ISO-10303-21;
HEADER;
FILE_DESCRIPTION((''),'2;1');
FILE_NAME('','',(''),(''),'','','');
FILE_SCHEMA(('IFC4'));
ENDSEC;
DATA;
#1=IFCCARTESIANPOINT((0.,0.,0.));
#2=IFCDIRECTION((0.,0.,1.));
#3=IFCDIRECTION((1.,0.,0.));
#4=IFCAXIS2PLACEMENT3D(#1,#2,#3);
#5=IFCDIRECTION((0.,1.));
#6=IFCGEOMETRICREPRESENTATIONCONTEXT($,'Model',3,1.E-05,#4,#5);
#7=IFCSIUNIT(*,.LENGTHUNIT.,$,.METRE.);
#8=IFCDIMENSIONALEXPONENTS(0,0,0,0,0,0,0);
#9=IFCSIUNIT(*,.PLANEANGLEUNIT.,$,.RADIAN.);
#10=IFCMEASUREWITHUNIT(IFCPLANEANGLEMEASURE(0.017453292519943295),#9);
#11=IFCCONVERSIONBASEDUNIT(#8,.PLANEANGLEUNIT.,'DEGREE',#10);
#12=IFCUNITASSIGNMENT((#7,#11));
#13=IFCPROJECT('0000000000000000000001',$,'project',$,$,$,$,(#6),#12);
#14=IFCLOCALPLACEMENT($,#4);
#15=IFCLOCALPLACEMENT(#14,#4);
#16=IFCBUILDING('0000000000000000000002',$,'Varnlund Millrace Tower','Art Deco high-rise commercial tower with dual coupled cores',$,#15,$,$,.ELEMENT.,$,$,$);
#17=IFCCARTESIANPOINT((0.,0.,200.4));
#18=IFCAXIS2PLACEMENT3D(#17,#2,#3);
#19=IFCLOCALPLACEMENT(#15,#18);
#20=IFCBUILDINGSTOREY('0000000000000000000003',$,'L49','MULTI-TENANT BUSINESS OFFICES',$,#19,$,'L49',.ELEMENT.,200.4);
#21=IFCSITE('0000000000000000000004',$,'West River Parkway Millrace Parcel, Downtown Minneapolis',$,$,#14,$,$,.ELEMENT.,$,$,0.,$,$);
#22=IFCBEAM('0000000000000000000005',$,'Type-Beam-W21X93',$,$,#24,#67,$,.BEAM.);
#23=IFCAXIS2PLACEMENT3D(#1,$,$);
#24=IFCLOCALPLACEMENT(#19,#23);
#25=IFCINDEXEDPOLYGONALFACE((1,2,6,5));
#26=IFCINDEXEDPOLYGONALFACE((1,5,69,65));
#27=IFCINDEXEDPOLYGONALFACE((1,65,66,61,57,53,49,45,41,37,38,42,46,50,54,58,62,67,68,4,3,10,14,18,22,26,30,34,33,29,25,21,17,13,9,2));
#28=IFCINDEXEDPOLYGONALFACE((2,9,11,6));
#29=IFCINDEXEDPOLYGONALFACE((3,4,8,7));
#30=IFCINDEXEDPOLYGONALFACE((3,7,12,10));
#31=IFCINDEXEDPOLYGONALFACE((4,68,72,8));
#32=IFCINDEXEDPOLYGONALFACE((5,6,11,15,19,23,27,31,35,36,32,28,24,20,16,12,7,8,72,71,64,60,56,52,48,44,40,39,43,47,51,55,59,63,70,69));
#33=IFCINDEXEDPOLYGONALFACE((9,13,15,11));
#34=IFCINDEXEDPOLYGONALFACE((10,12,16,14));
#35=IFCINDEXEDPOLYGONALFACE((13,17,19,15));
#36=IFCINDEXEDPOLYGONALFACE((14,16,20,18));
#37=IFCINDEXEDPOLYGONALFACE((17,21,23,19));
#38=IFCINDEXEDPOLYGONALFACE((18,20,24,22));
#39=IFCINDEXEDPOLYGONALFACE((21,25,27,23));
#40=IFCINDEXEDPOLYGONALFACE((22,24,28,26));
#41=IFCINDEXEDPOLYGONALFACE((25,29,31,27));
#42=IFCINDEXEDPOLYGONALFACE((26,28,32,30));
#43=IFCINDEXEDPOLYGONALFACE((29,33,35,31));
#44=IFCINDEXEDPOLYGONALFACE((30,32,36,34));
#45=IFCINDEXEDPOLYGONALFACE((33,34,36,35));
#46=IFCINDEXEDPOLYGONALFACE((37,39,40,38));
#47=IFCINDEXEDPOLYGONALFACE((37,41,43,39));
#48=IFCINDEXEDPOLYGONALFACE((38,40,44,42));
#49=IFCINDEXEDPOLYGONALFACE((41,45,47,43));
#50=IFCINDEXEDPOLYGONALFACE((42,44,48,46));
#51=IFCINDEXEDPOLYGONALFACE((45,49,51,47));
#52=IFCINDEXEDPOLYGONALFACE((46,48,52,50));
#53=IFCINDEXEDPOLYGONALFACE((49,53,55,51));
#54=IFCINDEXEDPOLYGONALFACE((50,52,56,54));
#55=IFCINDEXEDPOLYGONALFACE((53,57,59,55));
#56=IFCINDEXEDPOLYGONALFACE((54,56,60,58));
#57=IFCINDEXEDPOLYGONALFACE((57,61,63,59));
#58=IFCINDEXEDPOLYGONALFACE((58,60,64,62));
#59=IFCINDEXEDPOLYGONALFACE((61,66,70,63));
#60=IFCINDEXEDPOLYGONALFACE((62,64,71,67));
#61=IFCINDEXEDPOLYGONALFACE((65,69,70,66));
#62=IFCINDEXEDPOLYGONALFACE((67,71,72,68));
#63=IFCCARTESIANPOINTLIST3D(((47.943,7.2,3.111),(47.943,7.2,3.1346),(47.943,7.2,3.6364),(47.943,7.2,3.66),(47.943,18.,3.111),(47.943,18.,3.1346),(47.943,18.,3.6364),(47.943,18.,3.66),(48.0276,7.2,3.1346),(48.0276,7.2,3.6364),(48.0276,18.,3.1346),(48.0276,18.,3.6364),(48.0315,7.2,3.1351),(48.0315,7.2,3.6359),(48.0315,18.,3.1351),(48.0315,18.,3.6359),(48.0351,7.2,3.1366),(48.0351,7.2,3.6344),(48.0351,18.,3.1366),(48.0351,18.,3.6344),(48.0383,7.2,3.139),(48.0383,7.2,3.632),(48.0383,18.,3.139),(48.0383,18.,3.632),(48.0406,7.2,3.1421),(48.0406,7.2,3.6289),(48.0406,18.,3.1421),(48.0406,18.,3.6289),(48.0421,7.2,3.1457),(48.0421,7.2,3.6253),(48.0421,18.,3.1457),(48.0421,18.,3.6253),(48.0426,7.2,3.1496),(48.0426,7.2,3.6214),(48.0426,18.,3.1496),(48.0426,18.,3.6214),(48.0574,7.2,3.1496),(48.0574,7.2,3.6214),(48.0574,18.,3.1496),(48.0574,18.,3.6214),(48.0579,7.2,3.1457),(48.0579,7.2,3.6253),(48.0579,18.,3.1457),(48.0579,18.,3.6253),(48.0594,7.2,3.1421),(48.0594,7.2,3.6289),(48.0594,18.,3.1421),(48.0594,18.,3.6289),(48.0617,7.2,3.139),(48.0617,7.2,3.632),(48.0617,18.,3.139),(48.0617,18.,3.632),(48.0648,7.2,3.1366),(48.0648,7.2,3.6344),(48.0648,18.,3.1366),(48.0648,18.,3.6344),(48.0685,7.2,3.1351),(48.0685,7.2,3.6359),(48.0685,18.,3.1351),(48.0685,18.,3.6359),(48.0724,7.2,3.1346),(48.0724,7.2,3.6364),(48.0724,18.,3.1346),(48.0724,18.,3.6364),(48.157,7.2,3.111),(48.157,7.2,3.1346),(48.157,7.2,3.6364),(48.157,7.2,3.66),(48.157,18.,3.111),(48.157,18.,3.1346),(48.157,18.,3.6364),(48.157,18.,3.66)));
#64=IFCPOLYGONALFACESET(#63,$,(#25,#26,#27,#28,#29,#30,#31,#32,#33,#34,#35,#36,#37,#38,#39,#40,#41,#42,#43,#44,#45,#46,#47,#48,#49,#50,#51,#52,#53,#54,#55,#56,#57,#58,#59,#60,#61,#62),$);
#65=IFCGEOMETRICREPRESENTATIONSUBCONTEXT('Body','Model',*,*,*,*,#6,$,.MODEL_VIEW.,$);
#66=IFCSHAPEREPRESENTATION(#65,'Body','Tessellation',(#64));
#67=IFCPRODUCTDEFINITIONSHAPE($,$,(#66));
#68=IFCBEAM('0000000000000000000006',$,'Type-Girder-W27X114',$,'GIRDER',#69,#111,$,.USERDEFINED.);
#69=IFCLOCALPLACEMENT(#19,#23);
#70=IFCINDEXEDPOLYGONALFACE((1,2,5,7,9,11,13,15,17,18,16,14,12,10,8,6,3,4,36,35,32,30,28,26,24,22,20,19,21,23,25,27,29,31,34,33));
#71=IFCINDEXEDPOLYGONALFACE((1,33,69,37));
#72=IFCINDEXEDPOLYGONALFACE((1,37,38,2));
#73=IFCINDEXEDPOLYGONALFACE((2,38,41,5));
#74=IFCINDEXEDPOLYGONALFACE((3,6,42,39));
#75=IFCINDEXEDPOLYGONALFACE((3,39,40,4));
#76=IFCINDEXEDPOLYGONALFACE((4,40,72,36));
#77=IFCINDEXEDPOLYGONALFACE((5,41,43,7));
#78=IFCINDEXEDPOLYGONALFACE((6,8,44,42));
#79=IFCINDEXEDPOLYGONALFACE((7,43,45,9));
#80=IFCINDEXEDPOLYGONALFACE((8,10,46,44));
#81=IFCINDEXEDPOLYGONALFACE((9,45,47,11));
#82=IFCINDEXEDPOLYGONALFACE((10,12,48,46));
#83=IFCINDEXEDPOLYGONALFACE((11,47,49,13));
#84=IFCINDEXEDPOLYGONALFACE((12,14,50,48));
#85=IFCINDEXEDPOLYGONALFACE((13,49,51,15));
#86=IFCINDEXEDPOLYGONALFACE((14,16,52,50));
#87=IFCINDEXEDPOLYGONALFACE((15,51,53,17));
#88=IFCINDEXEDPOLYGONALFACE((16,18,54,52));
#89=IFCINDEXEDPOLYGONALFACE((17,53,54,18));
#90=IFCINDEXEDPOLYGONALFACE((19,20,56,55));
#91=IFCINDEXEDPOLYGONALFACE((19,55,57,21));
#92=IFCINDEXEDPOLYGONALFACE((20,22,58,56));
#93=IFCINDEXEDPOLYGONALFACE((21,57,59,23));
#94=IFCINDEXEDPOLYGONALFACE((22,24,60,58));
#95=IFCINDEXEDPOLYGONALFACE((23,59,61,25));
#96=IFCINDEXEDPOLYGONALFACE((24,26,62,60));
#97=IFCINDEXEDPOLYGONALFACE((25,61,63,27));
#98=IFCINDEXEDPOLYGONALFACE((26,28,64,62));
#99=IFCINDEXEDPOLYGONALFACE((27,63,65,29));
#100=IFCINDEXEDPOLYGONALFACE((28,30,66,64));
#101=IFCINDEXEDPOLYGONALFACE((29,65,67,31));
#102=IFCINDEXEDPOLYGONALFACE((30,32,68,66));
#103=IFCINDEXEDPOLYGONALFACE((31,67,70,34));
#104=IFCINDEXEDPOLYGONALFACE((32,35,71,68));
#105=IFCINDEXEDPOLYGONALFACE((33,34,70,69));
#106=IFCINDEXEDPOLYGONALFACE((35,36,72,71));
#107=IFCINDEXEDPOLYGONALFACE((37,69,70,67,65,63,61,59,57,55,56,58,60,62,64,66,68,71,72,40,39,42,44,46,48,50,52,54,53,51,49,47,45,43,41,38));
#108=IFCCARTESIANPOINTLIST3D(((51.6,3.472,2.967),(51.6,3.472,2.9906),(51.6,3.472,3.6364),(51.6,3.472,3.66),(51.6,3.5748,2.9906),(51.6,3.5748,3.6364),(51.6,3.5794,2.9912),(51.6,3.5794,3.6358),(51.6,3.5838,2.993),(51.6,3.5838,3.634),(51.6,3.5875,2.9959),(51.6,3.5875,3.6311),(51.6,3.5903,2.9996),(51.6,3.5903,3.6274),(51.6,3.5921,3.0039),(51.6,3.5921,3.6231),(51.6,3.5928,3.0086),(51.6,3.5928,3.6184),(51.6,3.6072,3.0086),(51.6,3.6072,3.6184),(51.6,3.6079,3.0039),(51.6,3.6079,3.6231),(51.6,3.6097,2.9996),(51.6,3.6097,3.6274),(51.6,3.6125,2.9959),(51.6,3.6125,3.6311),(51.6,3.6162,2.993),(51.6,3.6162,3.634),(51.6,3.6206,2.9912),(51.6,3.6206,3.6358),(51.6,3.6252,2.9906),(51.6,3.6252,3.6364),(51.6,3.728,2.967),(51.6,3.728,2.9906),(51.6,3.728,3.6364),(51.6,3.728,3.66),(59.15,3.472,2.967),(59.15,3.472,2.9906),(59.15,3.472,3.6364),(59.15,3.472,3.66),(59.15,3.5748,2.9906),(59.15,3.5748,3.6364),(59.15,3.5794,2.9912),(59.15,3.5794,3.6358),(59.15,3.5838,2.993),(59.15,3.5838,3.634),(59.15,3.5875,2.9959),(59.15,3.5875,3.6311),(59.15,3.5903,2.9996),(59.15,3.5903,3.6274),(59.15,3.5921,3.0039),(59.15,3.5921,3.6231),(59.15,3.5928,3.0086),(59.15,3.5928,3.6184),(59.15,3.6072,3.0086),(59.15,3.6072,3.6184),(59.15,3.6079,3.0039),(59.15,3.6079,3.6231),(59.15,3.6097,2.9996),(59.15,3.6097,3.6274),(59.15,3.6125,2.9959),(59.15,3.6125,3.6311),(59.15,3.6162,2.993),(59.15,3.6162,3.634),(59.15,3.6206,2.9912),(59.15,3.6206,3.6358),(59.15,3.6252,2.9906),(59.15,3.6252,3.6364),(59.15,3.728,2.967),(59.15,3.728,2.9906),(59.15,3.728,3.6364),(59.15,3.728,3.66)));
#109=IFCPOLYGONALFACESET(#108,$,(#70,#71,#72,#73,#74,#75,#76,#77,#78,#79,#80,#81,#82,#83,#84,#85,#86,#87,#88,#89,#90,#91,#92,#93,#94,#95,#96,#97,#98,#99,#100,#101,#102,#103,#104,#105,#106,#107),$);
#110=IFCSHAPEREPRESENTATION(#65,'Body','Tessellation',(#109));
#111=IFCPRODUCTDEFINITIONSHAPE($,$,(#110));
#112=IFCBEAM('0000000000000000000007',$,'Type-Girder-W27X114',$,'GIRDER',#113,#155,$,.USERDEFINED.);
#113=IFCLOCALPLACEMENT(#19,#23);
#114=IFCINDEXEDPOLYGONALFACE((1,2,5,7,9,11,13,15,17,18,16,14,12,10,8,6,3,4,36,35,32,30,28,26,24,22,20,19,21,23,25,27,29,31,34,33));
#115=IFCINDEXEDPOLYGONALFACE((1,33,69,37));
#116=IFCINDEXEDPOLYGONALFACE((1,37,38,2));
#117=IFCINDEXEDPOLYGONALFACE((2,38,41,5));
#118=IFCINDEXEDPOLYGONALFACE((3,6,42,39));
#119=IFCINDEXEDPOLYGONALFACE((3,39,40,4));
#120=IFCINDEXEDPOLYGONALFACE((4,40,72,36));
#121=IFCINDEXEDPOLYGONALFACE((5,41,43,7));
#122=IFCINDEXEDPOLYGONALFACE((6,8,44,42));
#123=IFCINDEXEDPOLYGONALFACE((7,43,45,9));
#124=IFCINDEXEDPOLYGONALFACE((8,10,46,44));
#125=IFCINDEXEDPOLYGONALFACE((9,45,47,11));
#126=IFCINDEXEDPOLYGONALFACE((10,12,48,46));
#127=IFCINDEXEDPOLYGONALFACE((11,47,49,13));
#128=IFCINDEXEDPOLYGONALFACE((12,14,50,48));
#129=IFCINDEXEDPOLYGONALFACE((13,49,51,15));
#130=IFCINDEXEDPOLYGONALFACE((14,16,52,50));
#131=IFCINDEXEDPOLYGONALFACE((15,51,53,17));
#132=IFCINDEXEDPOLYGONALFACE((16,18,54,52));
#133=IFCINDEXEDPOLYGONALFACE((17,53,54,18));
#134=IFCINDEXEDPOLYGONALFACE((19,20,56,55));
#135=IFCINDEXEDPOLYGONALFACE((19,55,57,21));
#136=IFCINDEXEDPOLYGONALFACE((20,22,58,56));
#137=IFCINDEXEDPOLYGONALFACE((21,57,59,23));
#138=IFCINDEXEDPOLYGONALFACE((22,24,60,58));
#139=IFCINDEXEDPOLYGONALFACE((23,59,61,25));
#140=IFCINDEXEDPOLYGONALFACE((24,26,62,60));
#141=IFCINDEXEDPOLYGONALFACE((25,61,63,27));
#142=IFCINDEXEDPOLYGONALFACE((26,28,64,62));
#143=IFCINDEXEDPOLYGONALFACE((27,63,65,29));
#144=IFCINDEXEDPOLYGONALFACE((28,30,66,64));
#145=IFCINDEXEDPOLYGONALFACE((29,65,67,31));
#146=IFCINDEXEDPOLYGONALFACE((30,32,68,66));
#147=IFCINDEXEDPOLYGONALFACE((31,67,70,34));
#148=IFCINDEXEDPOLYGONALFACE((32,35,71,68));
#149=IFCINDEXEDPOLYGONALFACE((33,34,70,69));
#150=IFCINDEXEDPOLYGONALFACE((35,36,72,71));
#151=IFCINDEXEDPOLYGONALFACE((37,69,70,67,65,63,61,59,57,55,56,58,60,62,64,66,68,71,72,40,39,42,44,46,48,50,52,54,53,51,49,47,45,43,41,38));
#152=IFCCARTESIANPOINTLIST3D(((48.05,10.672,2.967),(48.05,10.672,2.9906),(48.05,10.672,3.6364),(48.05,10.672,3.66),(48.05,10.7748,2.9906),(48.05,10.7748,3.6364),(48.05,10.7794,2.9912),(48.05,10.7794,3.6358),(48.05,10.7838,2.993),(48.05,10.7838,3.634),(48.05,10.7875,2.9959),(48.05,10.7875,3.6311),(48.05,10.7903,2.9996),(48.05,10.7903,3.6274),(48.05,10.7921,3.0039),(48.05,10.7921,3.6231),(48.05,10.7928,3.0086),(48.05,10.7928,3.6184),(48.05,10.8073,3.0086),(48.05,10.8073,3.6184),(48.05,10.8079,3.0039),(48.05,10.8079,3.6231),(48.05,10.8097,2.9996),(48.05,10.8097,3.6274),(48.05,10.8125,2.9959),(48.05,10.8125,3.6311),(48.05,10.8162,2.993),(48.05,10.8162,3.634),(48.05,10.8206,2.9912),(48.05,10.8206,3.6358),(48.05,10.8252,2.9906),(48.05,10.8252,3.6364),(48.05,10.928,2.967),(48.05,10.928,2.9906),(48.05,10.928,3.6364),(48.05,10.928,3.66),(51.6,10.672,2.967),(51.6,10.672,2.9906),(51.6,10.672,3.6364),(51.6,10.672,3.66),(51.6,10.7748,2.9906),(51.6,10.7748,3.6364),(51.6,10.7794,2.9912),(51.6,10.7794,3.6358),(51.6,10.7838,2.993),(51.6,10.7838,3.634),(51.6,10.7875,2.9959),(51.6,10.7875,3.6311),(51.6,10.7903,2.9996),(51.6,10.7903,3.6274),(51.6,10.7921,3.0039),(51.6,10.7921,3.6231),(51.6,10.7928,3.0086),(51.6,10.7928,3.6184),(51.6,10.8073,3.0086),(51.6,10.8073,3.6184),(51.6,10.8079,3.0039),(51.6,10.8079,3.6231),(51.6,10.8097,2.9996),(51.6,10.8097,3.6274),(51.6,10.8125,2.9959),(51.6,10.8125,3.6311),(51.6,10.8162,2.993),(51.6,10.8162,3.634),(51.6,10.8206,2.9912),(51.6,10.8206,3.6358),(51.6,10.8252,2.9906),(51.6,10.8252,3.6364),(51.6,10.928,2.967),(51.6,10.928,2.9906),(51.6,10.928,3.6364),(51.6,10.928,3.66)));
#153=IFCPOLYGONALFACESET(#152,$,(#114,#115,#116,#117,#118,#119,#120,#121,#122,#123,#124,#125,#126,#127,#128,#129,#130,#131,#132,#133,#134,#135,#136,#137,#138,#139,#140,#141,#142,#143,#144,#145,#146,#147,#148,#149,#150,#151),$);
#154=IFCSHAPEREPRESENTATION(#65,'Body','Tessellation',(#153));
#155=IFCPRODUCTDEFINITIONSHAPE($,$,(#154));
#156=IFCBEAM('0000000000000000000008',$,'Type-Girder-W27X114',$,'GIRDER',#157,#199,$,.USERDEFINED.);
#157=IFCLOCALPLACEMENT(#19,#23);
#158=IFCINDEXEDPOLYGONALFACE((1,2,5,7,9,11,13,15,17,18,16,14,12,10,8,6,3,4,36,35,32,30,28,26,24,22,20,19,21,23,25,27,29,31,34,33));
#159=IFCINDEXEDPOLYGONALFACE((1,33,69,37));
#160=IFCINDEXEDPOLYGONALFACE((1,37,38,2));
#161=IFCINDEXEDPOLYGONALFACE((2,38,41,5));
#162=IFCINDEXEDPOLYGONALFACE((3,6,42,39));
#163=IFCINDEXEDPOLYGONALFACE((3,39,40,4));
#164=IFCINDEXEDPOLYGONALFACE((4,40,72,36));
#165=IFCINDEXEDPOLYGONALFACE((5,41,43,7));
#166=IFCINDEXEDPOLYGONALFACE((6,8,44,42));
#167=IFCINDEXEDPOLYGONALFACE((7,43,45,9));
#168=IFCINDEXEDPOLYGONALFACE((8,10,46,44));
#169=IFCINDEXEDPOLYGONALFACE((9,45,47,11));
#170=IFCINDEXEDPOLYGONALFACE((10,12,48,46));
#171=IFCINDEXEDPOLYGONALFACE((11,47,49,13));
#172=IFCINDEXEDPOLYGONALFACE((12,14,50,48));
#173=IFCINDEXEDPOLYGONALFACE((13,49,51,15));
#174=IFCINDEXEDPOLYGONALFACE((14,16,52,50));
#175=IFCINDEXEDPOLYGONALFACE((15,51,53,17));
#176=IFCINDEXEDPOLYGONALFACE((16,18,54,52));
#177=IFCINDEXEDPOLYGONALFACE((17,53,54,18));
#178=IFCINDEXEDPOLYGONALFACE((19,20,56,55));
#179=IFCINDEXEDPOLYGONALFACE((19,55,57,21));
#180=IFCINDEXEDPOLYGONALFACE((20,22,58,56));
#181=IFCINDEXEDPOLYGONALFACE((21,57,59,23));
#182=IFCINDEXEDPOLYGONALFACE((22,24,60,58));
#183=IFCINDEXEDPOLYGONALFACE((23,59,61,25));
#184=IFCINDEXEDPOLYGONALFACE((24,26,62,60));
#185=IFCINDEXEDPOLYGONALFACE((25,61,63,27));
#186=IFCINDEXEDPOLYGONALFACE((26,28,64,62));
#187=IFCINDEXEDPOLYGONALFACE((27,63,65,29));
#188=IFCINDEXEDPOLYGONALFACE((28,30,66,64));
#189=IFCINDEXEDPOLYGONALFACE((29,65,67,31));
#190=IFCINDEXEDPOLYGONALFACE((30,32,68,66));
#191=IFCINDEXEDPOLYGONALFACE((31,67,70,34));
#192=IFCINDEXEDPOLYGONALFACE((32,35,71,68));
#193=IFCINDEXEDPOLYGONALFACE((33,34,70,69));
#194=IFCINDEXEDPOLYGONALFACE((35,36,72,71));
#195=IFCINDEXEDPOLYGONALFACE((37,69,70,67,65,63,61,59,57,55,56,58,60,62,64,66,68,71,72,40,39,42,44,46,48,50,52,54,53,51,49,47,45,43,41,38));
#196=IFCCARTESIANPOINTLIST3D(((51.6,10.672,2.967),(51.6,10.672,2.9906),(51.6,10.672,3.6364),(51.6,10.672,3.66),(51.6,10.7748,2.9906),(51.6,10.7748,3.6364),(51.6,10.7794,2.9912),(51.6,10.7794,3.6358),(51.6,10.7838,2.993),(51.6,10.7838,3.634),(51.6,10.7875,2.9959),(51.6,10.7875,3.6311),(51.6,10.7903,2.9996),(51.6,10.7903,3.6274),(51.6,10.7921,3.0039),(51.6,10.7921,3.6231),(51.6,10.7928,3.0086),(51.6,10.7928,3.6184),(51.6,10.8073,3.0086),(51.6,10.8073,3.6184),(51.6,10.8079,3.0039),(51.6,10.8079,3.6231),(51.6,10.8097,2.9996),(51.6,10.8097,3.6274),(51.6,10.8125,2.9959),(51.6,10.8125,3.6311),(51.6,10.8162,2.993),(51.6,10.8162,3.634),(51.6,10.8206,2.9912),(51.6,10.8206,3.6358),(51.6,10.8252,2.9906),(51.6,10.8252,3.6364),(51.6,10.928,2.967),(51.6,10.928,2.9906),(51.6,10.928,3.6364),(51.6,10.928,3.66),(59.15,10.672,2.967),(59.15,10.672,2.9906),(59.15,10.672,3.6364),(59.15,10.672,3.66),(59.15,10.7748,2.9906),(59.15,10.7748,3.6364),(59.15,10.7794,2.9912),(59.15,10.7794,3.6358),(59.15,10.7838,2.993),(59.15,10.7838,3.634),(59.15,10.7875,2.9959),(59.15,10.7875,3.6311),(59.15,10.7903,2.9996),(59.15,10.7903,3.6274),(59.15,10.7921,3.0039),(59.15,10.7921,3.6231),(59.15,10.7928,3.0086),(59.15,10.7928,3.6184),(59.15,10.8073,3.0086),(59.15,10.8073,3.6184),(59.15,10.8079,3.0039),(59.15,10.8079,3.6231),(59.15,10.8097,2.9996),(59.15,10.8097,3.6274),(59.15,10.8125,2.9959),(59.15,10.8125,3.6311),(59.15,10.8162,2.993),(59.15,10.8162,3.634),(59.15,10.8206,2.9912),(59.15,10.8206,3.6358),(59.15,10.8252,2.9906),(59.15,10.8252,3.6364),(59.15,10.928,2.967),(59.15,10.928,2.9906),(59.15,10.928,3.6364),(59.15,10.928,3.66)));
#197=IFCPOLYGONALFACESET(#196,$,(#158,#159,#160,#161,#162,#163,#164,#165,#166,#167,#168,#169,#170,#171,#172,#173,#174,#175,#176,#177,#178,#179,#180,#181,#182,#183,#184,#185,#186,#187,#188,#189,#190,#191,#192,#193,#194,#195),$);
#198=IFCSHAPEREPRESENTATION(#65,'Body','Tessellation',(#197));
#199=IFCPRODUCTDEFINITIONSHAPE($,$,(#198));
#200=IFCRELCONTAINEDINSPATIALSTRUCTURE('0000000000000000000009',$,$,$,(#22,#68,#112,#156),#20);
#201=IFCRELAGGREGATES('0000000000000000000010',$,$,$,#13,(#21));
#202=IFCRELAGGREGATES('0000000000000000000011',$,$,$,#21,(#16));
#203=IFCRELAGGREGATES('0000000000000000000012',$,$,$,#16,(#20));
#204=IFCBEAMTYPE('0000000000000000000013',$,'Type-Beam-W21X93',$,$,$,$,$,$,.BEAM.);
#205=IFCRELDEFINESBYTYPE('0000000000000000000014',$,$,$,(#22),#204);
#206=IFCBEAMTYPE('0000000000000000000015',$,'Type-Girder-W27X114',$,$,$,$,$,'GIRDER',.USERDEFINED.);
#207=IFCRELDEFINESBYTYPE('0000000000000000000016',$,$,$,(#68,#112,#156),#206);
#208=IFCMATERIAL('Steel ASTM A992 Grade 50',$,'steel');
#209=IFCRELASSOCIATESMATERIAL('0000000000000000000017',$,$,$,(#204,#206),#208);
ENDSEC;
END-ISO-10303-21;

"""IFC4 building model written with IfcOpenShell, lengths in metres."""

from ifc_helpers import new_model, entity, si_unit, converted_unit, direction, frame, origin_with_axes, origin_2d_with_axis, place, context, subcontext, project, spatial, i_section, extrude, material, material_profile, profile_set, type_object, element, save


model = new_model("IFC4")

# Units and contexts
model_context = context("Model", 3, precision=1e-05, world=origin_with_axes(), true_north=direction((0.0, 1.0)))
body_context = subcontext(model_context, "Body", "Model", "MODEL_VIEW")
ifc_project = project(units=[si_unit("LENGTHUNIT", "METRE"), converted_unit("PLANEANGLEUNIT", "DEGREE", entity("IfcPlaneAngleMeasure", 0.017453292519943295), si_unit("PLANEANGLEUNIT", "RADIAN"), dimensions=[0, 0, 0, 0, 0, 0, 0])], contexts=[model_context])

# Site, building, storey
site_placement = place(None, origin_with_axes())
site = spatial("IfcSite", under=ifc_project, at=site_placement, Name="West River Parkway Millrace Parcel, Downtown Minneapolis", CompositionType="ELEMENT", RefElevation=0.0)
building_placement = place(site_placement, origin_with_axes())
building = spatial("IfcBuilding", under=site, at=building_placement, Name="Varnlund Millrace Tower", Description="Art Deco high-rise commercial tower with dual coupled cores", CompositionType="ELEMENT")
storey_placement = place(building_placement, frame((0.0, 0.0, 200.4), z_axis=(0.0, 0.0, 1.0), x_axis=(1.0, 0.0, 0.0)))
storey = spatial("IfcBuildingStorey", under=building, at=storey_placement, Name="L49", Description="MULTI-TENANT BUSINESS OFFICES", LongName="L49", CompositionType="ELEMENT", Elevation=200.4)

# Beams
ifc_material_1 = material(Name="Steel ASTM A992 Grade 50", Category="steel")
ifc_material_profile_1 = material_profile(ifc_material_1, i_section(OverallWidth=0.214, OverallDepth=0.549, WebThickness=0.0147, FlangeThickness=0.0236, FilletRadius=0.015, at=origin_2d_with_axis()), Name="Steel ASTM A992 Grade 50")
ifc_profile_set_1 = profile_set([ifc_material_profile_1], Name="Steel ASTM A992 Grade 50")
beam_type_1 = type_object("IfcBeamType", Name="Type-Beam-W21X93", PredefinedType="BEAM", material=ifc_profile_set_1)
beam_1_placement = place(storey_placement, frame((48.05, 7.2, 3.3855), z_axis=(0.0, 1.0, 0.0), x_axis=(-1.0, 0.0, 0.0)))
element("IfcBeam", 1, at=beam_1_placement, inside=storey, type_object=beam_type_1, Name="Type-Beam-W21X93", PredefinedType="BEAM", context=body_context, shape_type="SweptSolid", body=[
    extrude(i_section(OverallWidth=0.214, OverallDepth=0.549, WebThickness=0.0147, FlangeThickness=0.0236, FilletRadius=0.015, at=origin_2d_with_axis()), origin_with_axes(), (0.0, 0.0, 1.0), 10.8),
])
ifc_material_profile_2 = material_profile(ifc_material_1, i_section(OverallWidth=0.256, OverallDepth=0.693, WebThickness=0.0145, FlangeThickness=0.0236, FilletRadius=0.018, at=origin_2d_with_axis()), Name="Steel ASTM A992 Grade 50")
ifc_profile_set_2 = profile_set([ifc_material_profile_2], Name="Steel ASTM A992 Grade 50")
beam_type_2 = type_object("IfcBeamType", Name="Type-Girder-W27X114", ElementType="GIRDER", PredefinedType="USERDEFINED", material=ifc_profile_set_2)
beam_2_placement = place(storey_placement, frame((51.6, 3.6, 3.3135), z_axis=(1.0, 0.0, 0.0), x_axis=(0.0, 1.0, 0.0)))
element("IfcBeam", 2, at=beam_2_placement, inside=storey, type_object=beam_type_2, Name="Type-Girder-W27X114", ObjectType="GIRDER", PredefinedType="USERDEFINED", context=body_context, shape_type="SweptSolid", body=[
    extrude(i_section(OverallWidth=0.256, OverallDepth=0.693, WebThickness=0.0145, FlangeThickness=0.0236, FilletRadius=0.018, at=origin_2d_with_axis()), origin_with_axes(), (0.0, 0.0, 1.0), 7.55),
])
beam_3_placement = place(storey_placement, frame((48.05, 10.8, 3.3135), z_axis=(1.0, 0.0, 0.0), x_axis=(0.0, 1.0, 0.0)))
element("IfcBeam", 3, at=beam_3_placement, inside=storey, type_object=beam_type_2, Name="Type-Girder-W27X114", ObjectType="GIRDER", PredefinedType="USERDEFINED", context=body_context, shape_type="SweptSolid", body=[
    extrude(i_section(OverallWidth=0.256, OverallDepth=0.693, WebThickness=0.0145, FlangeThickness=0.0236, FilletRadius=0.018, at=origin_2d_with_axis()), origin_with_axes(), (0.0, 0.0, 1.0), 3.55),
])
beam_4_placement = place(storey_placement, frame((51.6, 10.8, 3.3135), z_axis=(1.0, 0.0, 0.0), x_axis=(0.0, 1.0, 0.0)))
element("IfcBeam", 4, at=beam_4_placement, inside=storey, type_object=beam_type_2, Name="Type-Girder-W27X114", ObjectType="GIRDER", PredefinedType="USERDEFINED", context=body_context, shape_type="SweptSolid", body=[
    extrude(i_section(OverallWidth=0.256, OverallDepth=0.693, WebThickness=0.0145, FlangeThickness=0.0236, FilletRadius=0.018, at=origin_2d_with_axis()), origin_with_axes(), (0.0, 0.0, 1.0), 7.55),
])

save(model, "model.ifc")
